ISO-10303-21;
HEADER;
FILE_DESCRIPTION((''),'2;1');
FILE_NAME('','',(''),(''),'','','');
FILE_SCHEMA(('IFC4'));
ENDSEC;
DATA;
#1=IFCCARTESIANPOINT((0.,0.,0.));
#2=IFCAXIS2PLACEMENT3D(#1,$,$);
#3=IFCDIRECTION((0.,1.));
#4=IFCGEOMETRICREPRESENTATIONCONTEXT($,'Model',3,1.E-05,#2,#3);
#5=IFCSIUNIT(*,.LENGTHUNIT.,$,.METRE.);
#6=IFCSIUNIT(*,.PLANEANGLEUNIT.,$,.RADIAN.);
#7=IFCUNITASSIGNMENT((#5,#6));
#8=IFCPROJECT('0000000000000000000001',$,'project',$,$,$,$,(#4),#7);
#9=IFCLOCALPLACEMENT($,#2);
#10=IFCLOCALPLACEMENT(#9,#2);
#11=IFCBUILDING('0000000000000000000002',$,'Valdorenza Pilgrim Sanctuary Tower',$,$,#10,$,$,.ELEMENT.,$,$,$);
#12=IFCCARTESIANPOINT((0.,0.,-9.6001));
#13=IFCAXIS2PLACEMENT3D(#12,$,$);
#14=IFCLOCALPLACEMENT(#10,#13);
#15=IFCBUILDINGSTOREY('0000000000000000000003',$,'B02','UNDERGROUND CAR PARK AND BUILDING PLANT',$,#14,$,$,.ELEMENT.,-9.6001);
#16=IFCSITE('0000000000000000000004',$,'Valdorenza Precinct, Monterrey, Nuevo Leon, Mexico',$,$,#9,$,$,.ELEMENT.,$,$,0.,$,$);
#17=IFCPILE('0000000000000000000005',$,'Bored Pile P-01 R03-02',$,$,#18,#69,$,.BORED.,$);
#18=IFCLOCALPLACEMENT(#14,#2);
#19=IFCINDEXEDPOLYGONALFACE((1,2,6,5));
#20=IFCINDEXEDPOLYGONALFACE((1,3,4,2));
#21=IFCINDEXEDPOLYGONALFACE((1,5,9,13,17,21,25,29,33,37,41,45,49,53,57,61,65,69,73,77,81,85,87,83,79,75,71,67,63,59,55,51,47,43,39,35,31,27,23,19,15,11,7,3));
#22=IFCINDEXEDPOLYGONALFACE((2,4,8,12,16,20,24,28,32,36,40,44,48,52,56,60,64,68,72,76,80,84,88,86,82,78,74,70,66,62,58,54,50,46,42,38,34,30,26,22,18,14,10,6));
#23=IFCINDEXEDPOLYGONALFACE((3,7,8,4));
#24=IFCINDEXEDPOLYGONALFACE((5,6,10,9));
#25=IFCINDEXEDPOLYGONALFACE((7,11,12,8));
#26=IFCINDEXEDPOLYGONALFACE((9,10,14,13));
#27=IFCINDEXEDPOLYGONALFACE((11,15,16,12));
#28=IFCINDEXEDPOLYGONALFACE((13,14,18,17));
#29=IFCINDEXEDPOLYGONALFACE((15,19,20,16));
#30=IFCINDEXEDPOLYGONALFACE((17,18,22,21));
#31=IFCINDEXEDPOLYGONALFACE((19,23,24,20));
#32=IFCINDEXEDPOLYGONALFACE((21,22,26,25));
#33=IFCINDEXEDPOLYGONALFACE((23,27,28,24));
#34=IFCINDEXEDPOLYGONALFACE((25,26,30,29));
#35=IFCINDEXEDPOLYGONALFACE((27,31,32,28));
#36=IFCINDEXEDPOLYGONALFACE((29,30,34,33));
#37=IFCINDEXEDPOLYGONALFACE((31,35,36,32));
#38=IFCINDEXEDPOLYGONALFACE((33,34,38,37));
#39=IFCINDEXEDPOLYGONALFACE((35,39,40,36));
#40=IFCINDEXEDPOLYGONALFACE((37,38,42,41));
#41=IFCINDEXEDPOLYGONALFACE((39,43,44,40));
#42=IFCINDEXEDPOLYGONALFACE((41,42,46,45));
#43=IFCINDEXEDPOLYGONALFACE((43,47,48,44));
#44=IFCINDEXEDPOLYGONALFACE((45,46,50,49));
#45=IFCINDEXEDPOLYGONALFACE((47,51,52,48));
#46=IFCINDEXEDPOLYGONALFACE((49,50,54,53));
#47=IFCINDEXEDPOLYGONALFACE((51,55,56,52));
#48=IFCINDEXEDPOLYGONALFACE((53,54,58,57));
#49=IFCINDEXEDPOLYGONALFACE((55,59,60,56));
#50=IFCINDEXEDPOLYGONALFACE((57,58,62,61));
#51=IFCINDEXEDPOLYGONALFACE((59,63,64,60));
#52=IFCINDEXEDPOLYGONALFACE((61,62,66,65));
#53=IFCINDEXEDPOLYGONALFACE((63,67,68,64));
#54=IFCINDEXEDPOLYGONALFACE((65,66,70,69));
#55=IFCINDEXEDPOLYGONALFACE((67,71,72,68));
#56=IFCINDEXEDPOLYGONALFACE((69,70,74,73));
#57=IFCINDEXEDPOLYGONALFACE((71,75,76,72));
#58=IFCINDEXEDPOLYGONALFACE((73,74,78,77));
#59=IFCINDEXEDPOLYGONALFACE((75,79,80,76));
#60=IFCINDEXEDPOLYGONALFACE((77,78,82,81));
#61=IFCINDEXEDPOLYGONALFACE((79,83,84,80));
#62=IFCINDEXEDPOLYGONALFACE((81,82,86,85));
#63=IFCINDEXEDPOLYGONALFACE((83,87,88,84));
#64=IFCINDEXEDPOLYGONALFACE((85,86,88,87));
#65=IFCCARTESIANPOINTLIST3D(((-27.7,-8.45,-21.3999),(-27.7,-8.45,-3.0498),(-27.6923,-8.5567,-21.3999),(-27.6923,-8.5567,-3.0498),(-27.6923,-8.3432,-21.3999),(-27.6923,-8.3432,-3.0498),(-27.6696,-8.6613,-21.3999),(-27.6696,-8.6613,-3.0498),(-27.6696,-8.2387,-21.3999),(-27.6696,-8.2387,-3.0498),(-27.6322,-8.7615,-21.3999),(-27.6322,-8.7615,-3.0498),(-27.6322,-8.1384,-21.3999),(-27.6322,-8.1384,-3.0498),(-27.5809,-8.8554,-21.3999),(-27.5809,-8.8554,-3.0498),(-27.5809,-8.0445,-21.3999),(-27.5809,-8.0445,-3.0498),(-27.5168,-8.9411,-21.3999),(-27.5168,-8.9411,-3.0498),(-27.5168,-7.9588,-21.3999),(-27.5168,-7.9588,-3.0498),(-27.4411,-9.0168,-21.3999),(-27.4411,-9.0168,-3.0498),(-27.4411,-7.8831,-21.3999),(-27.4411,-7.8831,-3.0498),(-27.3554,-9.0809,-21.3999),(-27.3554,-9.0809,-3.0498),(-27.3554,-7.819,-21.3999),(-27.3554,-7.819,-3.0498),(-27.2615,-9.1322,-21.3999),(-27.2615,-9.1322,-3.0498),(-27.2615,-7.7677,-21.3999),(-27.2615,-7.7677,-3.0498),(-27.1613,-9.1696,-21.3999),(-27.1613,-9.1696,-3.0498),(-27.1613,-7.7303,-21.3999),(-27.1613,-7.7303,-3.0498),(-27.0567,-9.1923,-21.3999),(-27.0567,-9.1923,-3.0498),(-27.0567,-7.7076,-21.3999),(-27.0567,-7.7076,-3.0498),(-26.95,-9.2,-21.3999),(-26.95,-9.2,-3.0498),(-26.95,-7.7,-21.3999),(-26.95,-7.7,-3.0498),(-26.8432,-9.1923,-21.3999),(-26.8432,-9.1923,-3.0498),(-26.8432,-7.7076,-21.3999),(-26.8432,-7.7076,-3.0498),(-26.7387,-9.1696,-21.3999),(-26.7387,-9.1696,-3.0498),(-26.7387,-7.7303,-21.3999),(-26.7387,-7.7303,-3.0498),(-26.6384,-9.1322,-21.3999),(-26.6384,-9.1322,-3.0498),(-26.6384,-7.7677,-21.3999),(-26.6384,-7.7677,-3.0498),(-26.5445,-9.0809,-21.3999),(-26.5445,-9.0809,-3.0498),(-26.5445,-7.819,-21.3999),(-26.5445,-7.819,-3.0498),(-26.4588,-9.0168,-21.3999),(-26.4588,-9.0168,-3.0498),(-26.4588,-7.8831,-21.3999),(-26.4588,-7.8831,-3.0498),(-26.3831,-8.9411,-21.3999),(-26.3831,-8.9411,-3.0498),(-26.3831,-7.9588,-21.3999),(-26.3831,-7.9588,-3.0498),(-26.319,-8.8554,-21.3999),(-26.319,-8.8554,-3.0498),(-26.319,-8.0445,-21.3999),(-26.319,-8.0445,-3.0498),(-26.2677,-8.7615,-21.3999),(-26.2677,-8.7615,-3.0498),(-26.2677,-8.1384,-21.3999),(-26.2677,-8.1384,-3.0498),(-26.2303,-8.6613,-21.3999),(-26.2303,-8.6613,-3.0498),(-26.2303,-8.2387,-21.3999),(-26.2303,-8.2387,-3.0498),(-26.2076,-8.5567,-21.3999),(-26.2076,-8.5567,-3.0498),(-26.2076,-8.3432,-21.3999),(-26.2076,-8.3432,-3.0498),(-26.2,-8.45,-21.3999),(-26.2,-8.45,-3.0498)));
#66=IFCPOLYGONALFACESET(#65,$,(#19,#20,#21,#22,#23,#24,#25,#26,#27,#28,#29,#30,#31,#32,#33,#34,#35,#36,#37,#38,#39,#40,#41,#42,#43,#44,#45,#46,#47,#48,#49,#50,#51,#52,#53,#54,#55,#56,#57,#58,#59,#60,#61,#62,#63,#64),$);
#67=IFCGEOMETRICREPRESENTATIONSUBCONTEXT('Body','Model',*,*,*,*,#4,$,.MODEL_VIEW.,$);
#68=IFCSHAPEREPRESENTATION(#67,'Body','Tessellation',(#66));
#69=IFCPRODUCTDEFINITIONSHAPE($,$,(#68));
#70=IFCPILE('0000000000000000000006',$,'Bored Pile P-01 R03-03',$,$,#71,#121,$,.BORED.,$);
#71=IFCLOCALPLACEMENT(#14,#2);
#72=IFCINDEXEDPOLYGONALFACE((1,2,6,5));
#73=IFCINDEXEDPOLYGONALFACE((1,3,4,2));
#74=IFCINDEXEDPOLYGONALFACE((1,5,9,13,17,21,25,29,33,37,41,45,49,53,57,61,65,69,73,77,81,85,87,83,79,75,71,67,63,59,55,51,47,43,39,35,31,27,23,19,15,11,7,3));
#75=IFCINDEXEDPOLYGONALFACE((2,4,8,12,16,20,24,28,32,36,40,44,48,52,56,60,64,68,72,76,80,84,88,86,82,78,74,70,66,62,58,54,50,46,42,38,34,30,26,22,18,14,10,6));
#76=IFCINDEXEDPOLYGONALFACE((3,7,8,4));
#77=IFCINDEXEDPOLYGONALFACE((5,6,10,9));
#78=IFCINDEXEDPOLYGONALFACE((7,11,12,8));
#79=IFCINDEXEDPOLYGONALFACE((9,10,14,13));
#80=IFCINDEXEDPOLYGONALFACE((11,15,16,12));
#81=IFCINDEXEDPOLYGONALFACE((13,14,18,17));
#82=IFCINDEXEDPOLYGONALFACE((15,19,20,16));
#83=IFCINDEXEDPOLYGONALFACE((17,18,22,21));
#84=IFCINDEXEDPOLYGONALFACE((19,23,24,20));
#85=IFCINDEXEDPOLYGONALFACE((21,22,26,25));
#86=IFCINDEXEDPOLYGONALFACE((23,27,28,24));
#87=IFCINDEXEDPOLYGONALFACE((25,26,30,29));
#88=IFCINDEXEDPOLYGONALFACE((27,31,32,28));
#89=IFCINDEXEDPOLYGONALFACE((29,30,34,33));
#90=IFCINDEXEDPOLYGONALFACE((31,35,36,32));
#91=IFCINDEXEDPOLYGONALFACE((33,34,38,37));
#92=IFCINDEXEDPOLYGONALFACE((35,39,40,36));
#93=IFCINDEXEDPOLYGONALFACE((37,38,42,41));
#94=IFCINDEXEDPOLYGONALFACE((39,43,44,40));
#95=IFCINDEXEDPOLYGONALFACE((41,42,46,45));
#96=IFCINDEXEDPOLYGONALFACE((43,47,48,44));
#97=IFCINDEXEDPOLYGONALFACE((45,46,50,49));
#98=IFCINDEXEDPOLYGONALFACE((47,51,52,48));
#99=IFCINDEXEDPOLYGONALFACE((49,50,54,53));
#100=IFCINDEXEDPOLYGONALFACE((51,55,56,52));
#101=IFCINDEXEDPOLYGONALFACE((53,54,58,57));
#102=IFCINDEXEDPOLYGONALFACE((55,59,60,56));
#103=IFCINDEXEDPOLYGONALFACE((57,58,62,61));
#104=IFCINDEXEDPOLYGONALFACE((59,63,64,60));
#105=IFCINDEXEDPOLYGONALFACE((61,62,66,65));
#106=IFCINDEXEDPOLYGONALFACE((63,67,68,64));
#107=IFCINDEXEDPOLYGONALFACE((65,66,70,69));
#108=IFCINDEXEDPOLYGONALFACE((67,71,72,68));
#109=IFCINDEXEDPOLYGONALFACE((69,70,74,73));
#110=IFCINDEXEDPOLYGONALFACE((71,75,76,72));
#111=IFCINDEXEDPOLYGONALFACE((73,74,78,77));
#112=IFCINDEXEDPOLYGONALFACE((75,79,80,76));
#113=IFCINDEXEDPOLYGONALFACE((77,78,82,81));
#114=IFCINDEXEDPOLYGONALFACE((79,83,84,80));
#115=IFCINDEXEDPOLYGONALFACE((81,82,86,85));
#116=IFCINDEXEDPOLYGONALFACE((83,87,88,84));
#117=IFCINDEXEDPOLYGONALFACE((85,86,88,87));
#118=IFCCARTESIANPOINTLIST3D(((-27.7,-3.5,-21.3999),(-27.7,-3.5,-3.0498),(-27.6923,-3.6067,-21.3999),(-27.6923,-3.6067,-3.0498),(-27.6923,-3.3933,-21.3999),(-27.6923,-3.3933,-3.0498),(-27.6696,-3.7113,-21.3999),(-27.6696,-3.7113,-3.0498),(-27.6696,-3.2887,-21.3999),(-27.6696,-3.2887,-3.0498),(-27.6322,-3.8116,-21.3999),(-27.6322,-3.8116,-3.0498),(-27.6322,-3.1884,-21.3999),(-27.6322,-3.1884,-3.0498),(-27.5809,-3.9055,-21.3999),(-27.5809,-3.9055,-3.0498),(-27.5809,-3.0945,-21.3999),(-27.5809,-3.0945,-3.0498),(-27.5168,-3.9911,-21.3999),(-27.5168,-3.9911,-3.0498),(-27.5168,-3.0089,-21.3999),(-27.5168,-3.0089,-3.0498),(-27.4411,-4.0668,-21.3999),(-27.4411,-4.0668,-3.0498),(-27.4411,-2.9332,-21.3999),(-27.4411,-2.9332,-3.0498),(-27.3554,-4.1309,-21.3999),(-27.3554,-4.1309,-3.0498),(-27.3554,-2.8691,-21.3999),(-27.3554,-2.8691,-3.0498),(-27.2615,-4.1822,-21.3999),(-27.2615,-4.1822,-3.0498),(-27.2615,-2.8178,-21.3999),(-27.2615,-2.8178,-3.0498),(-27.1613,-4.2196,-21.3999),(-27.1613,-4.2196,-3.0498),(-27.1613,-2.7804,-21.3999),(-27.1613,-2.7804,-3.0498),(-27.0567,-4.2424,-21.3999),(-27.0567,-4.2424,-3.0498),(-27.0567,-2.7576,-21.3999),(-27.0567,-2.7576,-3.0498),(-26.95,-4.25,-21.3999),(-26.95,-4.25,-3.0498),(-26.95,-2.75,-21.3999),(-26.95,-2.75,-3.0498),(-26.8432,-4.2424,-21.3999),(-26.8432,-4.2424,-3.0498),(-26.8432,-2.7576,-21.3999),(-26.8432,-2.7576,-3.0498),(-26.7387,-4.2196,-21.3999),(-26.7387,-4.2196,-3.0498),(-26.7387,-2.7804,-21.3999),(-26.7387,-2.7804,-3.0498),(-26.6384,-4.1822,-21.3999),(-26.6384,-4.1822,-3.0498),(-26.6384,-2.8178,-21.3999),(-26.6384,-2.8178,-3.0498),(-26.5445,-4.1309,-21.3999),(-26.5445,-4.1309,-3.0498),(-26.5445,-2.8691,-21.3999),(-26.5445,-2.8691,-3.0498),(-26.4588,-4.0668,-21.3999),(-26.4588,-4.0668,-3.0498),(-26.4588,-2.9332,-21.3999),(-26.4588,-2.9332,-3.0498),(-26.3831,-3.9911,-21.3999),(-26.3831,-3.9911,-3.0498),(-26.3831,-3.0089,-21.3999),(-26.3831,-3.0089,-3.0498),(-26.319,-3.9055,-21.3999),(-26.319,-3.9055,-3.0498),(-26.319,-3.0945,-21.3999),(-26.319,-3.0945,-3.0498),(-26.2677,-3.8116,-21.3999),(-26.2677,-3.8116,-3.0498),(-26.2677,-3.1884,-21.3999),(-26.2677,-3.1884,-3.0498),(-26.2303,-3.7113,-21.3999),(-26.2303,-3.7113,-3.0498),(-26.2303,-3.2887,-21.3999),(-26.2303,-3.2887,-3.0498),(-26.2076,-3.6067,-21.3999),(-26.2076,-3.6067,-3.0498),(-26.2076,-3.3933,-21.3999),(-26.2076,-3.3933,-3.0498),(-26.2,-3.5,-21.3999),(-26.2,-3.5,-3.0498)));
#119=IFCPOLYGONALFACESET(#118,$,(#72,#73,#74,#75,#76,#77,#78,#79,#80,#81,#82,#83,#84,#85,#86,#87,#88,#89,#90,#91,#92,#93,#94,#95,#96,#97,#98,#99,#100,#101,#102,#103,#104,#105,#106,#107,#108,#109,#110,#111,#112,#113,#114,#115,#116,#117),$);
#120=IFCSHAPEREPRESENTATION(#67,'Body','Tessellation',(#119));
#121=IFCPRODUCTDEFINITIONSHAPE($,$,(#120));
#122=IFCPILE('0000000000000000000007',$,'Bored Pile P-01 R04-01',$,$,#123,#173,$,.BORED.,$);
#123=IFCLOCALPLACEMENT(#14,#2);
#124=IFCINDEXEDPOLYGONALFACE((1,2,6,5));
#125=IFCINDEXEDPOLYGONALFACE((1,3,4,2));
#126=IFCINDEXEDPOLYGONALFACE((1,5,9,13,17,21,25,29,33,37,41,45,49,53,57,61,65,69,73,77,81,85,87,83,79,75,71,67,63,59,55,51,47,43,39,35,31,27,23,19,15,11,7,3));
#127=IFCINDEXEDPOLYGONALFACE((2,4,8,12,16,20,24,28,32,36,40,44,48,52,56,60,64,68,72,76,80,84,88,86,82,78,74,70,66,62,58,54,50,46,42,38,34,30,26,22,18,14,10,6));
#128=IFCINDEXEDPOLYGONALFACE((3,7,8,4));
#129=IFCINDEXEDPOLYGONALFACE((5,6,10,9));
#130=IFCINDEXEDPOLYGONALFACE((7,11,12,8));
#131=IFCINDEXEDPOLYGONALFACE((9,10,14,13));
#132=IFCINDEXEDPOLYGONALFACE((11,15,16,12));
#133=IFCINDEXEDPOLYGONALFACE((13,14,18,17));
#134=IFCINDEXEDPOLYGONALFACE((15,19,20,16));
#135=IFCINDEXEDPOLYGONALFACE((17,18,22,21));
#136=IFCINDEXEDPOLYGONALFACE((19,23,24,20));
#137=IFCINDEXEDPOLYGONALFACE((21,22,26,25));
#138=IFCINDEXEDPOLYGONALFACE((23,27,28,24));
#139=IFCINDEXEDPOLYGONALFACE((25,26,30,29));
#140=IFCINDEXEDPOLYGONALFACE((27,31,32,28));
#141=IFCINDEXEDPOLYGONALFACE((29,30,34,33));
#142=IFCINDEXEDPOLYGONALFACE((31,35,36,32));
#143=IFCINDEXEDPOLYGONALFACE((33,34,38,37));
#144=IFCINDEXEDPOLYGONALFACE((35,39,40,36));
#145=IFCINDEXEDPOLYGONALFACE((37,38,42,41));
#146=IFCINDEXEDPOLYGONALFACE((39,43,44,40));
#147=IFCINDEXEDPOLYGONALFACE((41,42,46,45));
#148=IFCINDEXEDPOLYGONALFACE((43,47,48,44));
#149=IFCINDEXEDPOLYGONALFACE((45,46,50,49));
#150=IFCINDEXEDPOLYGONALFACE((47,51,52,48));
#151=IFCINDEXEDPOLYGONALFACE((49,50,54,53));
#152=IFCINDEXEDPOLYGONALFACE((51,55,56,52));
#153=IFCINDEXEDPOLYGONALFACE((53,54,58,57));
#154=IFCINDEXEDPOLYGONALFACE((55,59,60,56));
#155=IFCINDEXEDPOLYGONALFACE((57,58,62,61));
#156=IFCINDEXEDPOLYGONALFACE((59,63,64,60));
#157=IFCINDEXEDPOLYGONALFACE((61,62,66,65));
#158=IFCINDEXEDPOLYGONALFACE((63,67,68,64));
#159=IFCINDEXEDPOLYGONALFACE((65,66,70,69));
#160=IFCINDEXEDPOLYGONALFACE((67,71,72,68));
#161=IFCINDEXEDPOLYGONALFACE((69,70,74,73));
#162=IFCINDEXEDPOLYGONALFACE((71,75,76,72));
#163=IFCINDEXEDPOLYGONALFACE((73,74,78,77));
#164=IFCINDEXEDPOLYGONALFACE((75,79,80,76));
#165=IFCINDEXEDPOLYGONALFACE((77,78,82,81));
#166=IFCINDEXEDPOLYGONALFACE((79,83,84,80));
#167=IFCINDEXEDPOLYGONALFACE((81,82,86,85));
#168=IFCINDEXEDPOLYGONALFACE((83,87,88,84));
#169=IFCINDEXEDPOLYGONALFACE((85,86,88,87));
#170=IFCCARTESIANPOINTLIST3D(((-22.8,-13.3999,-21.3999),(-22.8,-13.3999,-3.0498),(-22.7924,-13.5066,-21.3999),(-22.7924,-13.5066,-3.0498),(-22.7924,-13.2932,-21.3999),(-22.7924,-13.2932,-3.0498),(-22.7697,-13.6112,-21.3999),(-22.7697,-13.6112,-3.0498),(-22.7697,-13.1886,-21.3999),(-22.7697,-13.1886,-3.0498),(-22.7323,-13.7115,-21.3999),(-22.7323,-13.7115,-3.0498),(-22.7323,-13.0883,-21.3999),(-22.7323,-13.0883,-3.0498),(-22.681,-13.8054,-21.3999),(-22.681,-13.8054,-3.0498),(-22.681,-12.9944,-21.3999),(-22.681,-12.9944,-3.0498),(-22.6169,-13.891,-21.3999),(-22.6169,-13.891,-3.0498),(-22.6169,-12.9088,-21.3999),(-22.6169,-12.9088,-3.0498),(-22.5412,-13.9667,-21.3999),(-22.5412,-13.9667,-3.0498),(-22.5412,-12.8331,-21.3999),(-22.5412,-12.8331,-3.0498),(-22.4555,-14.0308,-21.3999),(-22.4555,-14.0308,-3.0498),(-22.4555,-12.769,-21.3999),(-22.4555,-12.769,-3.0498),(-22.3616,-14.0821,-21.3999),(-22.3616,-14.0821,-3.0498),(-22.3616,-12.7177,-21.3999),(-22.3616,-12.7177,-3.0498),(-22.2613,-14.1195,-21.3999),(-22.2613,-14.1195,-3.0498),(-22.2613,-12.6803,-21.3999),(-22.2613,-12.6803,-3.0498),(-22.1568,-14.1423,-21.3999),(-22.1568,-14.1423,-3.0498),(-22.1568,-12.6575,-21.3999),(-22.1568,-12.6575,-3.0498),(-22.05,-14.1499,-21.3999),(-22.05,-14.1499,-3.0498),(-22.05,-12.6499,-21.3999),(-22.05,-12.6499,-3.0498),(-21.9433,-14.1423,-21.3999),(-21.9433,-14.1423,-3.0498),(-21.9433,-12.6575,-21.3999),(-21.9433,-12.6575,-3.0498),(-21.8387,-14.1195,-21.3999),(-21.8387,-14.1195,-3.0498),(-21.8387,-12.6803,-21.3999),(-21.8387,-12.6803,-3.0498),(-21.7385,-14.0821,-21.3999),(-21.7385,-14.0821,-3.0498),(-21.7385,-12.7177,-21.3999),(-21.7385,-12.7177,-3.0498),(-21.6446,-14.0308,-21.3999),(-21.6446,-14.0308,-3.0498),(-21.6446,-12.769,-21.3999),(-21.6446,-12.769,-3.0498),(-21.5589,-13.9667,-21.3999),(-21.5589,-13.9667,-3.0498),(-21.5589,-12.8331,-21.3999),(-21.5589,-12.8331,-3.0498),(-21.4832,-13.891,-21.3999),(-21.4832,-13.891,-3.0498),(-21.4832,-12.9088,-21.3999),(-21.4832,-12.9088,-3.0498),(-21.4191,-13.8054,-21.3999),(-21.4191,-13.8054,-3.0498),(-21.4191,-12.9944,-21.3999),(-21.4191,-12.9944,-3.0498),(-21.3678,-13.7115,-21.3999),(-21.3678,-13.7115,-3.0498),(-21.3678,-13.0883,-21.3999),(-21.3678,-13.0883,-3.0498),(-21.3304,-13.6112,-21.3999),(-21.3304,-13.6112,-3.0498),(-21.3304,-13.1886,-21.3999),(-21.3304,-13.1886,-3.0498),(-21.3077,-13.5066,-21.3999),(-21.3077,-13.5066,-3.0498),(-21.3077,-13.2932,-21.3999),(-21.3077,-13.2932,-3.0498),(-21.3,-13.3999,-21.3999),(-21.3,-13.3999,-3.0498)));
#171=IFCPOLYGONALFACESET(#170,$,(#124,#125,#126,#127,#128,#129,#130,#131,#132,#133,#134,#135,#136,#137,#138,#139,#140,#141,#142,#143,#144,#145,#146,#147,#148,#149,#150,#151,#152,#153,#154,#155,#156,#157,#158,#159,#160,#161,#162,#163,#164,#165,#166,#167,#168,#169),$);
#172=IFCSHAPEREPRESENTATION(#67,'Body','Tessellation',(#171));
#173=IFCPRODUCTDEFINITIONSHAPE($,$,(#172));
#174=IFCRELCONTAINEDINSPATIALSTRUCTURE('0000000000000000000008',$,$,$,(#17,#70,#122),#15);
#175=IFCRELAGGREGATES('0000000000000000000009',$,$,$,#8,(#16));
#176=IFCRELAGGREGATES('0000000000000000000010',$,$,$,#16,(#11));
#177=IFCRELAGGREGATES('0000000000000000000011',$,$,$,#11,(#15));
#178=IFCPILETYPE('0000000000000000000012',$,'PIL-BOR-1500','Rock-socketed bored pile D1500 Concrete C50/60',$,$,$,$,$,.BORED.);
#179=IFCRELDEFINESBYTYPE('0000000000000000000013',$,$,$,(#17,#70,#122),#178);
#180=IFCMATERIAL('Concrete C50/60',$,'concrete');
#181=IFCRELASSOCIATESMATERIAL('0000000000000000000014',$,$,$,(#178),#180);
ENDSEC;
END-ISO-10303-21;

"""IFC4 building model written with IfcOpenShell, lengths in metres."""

from ifc_helpers import new_model, si_unit, direction, frame, origin, origin_2d, place, context, subcontext, project, spatial, circle, extrude, source, transform, mapped, material, material_profile, profile_set, type_object, element, save


model = new_model("IFC4")

# Units and contexts
model_context = context("Model", 3, precision=1e-05, world=origin(), true_north=direction((0.0, 1.0)))
body_context = subcontext(model_context, "Body", "Model", "MODEL_VIEW")
ifc_project = project(units=[si_unit("LENGTHUNIT", "METRE"), si_unit("PLANEANGLEUNIT", "RADIAN")], contexts=[model_context])

# Site, building, storey
site_placement = place(None, origin())
site = spatial("IfcSite", under=ifc_project, at=site_placement, Name="Valdorenza Precinct, Monterrey, Nuevo Leon, Mexico", CompositionType="ELEMENT", RefElevation=0.0)
building_placement = place(site_placement, origin())
building = spatial("IfcBuilding", under=site, at=building_placement, Name="Valdorenza Pilgrim Sanctuary Tower", CompositionType="ELEMENT")
storey_placement = place(building_placement, frame((0.0, 0.0, -9.6001)))
storey = spatial("IfcBuildingStorey", under=building, at=storey_placement, Name="B02", Description="UNDERGROUND CAR PARK AND BUILDING PLANT", CompositionType="ELEMENT", Elevation=-9.6001)

# Piles
ifc_material_1 = material(Name="Concrete C50/60", Category="concrete")
ifc_material_profile_1 = material_profile(ifc_material_1, circle(Radius=0.75, at=origin_2d()), Name="BORED PILE 1500")
ifc_profile_set_1 = profile_set([ifc_material_profile_1], Name="Concrete C50/60")
pile_type = type_object("IfcPileType", Name="PIL-BOR-1500", Description="Rock-socketed bored pile D1500 Concrete C50/60", PredefinedType="BORED", material=ifc_profile_set_1)
shared_shape_1 = source(origin(), body_context, "Body", "SweptSolid", [
    extrude(circle(Radius=0.75, at=origin_2d()), origin(), (0.0, 0.0, 1.0), 18.3501),
])
for number, where, z_axis, x_axis, name in (
    (1, (-26.95, -8.45, -3.0498), (0.0, 0.0, -1.0), (1.0, 0.0, 0.0), "Bored Pile P-01 R03-02"),
    (2, (-26.95, -3.5, -3.0498), (0.0, 0.0, -1.0), (1.0, 0.0, 0.0), "Bored Pile P-01 R03-03"),
    (3, (-22.05, -13.3999, -3.0498), (0.0, 0.0, -1.0), (1.0, 0.0, 0.0), "Bored Pile P-01 R04-01"),
):
    element("IfcPile", number, at=place(storey_placement, frame(where, z_axis=z_axis, x_axis=x_axis)), inside=storey, type_object=pile_type, Name=name, PredefinedType="BORED", context=body_context, shape_type="MappedRepresentation", body=[
        mapped(shared_shape_1, transform((0.0, 0.0, 0.0), x_axis=(1.0, 0.0, 0.0), y_axis=(0.0, 1.0, 0.0), z_axis=(0.0, 0.0, 1.0), scale=1.0)),
    ])

save(model, "model.ifc")
